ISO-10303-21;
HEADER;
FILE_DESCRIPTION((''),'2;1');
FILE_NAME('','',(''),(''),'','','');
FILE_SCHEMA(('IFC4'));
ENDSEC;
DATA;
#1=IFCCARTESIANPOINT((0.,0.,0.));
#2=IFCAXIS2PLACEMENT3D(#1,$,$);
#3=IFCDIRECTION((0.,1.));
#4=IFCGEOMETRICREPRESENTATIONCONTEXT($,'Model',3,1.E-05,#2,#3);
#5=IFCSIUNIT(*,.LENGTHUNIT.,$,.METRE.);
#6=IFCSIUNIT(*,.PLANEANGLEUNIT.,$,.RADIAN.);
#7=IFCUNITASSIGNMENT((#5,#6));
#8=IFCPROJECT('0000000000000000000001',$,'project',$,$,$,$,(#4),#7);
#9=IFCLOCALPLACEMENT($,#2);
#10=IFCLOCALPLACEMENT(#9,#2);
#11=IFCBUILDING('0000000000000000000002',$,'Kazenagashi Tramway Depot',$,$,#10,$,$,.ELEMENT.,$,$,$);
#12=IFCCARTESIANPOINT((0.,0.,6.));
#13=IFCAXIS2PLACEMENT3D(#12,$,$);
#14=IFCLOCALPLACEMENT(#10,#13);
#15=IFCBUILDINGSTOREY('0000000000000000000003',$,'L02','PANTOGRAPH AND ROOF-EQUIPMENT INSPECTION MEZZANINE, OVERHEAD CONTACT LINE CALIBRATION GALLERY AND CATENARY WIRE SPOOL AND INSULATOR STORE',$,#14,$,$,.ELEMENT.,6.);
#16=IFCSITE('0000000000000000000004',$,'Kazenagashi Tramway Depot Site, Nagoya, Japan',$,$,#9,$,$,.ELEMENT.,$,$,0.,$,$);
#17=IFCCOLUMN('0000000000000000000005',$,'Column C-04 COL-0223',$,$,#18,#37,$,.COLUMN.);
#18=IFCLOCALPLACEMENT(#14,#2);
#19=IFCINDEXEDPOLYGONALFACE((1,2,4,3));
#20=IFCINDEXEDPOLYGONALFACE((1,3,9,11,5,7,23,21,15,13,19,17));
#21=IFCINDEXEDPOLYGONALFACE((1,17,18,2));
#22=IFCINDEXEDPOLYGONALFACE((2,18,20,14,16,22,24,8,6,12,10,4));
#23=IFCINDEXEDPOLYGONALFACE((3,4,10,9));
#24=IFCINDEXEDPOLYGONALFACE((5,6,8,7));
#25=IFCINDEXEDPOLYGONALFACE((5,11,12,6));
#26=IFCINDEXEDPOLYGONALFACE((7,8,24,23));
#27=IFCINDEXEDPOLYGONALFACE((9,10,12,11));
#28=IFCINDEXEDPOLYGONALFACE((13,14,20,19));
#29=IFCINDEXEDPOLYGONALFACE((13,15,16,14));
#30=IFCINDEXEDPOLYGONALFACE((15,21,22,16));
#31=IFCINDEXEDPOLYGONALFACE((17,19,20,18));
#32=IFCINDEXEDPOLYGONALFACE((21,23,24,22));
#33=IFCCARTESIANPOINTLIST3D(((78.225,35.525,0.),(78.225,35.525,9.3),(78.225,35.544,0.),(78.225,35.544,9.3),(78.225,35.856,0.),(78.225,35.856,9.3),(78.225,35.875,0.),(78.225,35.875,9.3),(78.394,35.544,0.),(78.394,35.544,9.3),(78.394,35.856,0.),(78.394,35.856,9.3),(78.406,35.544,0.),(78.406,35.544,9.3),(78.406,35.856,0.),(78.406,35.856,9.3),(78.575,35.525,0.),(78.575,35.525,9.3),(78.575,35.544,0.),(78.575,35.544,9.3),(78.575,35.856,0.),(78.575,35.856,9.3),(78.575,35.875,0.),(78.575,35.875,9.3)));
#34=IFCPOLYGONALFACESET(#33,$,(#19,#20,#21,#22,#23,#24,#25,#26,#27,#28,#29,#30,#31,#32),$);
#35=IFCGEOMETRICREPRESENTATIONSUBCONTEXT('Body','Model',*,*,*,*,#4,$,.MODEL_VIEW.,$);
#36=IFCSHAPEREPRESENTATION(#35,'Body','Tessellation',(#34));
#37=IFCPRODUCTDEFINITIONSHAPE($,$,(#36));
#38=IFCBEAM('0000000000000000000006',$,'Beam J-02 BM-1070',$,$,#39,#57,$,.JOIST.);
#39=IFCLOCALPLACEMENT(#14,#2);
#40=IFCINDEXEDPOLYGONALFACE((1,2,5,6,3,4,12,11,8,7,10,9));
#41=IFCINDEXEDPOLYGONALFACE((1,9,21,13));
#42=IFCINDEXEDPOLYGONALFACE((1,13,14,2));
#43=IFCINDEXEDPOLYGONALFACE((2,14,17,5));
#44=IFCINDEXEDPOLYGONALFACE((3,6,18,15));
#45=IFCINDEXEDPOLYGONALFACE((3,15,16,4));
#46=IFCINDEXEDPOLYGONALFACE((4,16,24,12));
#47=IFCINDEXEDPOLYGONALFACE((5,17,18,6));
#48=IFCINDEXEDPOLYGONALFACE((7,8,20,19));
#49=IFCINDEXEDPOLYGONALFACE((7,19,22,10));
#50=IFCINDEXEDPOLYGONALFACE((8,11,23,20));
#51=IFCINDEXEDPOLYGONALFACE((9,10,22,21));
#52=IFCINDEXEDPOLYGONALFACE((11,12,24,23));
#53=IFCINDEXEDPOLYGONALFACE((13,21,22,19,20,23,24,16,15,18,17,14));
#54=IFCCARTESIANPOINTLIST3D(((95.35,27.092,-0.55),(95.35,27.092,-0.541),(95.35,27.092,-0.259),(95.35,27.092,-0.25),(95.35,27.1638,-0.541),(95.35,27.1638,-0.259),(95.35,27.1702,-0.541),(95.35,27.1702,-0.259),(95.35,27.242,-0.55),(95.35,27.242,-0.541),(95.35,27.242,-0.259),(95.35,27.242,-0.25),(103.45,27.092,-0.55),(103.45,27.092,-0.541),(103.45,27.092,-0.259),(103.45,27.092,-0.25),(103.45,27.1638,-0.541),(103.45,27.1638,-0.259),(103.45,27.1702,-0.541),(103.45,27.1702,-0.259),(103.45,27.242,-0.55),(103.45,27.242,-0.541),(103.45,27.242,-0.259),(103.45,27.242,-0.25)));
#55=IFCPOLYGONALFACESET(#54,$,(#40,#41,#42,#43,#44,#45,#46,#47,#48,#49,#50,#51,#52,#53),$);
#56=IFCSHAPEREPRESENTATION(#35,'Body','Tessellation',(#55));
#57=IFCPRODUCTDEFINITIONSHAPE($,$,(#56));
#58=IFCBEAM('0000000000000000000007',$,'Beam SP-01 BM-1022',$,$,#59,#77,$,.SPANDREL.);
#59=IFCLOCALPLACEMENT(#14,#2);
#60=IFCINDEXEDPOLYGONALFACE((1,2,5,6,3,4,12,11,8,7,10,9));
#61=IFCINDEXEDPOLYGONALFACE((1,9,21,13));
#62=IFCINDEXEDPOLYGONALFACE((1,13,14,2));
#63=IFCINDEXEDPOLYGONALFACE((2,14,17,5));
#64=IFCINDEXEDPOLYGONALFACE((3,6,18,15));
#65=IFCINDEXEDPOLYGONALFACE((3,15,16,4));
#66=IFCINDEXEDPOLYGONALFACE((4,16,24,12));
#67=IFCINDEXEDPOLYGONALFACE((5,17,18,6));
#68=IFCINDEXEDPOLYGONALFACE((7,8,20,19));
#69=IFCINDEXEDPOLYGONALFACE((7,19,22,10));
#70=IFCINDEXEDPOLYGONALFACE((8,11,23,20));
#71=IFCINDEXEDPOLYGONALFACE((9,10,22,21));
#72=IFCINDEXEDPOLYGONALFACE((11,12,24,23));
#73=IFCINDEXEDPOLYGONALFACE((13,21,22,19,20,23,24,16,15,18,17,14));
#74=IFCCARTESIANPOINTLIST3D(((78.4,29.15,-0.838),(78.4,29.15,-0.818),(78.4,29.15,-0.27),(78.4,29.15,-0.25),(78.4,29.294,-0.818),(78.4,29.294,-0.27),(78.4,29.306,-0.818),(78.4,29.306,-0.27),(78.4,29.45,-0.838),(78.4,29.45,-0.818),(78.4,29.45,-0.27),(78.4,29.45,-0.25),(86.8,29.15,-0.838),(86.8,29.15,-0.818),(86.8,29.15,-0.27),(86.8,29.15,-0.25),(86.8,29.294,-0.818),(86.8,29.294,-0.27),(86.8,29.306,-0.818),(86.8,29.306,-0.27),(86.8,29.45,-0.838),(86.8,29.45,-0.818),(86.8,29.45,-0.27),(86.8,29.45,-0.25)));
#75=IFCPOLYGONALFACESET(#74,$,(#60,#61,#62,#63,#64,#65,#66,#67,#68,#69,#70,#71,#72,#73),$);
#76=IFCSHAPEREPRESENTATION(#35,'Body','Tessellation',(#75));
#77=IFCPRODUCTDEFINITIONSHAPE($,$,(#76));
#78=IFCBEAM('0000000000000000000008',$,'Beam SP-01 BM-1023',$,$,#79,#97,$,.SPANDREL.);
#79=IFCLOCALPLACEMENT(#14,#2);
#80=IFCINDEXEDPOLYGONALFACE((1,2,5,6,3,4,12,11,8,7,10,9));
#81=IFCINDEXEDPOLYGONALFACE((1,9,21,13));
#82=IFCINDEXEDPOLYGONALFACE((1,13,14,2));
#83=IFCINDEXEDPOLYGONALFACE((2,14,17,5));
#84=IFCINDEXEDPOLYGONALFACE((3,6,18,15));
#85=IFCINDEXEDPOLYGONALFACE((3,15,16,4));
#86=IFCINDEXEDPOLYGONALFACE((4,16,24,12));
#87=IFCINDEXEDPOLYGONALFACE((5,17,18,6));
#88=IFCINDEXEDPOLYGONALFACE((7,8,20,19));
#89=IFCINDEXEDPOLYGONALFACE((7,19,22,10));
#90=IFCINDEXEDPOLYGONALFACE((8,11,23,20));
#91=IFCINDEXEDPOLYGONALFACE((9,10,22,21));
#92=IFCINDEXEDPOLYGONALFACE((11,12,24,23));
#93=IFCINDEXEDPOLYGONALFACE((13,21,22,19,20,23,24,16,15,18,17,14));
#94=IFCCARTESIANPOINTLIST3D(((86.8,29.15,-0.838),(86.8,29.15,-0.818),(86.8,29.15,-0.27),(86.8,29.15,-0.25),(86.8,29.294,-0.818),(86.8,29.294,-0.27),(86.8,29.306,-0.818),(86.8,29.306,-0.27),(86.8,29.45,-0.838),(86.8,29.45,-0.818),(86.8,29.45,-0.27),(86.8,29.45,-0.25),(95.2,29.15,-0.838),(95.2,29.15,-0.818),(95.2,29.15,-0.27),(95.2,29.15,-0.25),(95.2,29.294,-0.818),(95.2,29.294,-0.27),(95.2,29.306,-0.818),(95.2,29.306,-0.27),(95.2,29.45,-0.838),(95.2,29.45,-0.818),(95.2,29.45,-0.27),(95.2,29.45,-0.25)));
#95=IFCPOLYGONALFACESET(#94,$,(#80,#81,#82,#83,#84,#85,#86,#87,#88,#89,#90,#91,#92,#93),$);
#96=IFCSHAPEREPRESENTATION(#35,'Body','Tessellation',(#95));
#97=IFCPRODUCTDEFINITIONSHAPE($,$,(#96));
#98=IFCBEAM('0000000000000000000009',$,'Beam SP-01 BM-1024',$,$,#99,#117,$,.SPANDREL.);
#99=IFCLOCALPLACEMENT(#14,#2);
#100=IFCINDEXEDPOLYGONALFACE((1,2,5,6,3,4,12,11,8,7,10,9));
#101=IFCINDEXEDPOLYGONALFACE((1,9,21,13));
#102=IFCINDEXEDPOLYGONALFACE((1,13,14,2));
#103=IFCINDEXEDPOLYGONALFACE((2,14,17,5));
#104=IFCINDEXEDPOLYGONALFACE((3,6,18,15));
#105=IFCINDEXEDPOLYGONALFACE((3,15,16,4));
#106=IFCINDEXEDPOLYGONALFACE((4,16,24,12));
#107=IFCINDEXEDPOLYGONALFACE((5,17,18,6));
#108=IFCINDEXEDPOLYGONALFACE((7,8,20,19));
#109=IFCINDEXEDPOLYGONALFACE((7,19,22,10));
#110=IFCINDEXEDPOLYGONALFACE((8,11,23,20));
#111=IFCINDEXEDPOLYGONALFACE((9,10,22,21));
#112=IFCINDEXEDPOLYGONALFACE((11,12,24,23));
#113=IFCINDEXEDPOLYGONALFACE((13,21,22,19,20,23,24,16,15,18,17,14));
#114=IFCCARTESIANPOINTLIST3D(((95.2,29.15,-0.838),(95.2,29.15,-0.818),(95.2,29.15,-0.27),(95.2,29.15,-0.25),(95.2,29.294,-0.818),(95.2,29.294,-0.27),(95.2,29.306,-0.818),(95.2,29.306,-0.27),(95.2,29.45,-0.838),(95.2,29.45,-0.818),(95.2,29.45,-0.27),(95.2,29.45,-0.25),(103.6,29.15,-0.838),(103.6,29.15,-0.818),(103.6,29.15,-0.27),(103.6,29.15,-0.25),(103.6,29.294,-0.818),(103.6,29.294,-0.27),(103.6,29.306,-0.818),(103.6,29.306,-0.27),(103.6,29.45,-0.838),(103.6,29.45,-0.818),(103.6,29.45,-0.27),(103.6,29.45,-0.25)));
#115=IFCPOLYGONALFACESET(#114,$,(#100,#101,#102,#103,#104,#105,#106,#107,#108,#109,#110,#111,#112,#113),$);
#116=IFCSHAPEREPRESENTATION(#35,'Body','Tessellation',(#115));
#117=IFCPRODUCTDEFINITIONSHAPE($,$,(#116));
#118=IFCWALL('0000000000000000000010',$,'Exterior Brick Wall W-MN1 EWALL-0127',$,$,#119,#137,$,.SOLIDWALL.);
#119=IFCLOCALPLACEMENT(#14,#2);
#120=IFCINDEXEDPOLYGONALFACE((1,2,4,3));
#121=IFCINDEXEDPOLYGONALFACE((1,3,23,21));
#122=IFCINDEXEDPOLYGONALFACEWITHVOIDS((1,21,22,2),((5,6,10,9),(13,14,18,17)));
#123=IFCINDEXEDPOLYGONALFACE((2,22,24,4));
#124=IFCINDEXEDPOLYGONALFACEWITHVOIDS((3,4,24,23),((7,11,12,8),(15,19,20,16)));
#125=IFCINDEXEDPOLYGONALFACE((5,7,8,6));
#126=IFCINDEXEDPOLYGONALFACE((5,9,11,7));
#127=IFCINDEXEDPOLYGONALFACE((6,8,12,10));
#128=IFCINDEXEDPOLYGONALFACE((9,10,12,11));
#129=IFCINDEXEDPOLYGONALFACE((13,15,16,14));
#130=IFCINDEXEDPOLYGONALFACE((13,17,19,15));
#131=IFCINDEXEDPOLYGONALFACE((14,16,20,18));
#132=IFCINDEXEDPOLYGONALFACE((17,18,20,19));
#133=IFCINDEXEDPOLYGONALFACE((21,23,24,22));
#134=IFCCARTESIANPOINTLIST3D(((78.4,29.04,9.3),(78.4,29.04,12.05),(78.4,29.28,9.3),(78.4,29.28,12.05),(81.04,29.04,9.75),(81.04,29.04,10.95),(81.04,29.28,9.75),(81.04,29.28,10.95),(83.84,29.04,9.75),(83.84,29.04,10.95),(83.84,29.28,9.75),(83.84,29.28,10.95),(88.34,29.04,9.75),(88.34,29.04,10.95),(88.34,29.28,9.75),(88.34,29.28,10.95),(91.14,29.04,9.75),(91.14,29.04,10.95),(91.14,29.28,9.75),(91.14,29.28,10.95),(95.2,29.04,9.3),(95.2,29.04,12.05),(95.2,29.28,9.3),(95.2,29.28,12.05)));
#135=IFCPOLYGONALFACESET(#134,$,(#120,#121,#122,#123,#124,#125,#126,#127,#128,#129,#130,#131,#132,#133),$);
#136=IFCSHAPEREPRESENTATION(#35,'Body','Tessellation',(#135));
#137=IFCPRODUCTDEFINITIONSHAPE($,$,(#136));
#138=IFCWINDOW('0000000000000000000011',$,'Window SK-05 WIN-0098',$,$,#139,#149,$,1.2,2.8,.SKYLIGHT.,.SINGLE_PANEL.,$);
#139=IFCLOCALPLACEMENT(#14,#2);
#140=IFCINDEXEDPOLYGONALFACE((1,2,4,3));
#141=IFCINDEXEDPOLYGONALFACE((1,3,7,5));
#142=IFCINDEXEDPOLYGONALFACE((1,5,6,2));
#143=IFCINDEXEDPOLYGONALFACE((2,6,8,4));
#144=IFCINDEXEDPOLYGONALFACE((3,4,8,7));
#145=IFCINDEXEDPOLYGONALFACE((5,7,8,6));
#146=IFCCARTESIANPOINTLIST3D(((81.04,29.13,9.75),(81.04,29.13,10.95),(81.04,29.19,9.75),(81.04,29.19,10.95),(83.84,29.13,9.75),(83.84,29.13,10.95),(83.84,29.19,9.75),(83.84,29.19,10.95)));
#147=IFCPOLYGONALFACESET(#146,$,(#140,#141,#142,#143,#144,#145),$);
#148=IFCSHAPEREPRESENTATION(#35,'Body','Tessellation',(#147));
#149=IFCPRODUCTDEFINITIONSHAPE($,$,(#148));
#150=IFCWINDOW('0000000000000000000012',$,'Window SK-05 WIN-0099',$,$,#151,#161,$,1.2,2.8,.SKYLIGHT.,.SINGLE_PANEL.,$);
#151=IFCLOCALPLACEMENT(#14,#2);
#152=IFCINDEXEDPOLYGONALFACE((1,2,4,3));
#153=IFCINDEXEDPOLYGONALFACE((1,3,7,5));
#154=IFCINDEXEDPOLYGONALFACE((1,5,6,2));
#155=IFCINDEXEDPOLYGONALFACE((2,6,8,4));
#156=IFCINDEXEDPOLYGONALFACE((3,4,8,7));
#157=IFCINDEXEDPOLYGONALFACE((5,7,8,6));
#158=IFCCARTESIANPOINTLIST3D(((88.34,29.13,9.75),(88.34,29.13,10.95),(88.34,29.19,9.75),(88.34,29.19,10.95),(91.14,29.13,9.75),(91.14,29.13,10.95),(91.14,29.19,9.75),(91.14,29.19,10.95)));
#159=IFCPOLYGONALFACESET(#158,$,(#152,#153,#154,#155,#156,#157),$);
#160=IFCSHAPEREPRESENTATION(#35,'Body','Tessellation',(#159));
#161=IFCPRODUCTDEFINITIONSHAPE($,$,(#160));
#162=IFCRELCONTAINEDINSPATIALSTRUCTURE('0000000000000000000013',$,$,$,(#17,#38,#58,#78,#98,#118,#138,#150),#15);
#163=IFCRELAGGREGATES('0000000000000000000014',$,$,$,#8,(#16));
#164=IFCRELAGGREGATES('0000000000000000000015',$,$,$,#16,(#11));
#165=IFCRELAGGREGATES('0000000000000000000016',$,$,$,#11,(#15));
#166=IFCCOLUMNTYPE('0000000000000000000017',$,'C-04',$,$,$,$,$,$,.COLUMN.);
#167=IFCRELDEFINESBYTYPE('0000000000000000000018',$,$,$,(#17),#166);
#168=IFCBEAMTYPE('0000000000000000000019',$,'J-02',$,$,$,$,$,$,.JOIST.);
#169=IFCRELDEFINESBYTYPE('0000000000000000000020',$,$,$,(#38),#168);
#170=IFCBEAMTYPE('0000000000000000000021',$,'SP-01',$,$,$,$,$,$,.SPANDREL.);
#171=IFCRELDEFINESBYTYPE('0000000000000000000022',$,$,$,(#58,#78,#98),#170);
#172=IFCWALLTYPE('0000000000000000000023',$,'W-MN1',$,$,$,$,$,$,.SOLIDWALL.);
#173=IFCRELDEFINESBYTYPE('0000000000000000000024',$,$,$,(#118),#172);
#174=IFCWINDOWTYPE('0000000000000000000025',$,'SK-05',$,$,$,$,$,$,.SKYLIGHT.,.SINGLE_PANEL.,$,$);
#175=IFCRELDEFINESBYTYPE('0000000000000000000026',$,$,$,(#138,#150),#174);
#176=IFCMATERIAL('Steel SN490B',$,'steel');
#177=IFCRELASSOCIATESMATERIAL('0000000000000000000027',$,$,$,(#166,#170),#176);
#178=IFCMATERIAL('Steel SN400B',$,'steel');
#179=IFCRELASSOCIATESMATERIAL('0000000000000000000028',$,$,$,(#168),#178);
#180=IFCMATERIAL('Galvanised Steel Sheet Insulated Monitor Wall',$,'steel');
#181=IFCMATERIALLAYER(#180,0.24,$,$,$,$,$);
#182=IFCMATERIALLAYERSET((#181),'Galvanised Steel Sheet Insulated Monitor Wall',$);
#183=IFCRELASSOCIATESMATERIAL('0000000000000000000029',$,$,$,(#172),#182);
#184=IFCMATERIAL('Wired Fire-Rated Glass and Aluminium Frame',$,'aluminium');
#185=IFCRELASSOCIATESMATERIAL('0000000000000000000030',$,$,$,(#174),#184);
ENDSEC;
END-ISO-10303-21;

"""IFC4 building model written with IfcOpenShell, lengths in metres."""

from ifc_helpers import new_model, si_unit, direction, frame, frame_2d, origin, origin_2d, place, context, subcontext, project, spatial, rectangle, i_section, extrude, material, layer, layer_set, material_profile, profile_set, type_object, element, fill, save


model = new_model("IFC4")

# Units and contexts
model_context = context("Model", 3, precision=1e-05, world=origin(), true_north=direction((0.0, 1.0)))
body_context = subcontext(model_context, "Body", "Model", "MODEL_VIEW")
ifc_project = project(units=[si_unit("LENGTHUNIT", "METRE"), si_unit("PLANEANGLEUNIT", "RADIAN")], contexts=[model_context])

# Site, building, storey
site_placement = place(None, origin())
site = spatial("IfcSite", under=ifc_project, at=site_placement, Name="Kazenagashi Tramway Depot Site, Nagoya, Japan", CompositionType="ELEMENT", RefElevation=0.0)
building_placement = place(site_placement, origin())
building = spatial("IfcBuilding", under=site, at=building_placement, Name="Kazenagashi Tramway Depot", CompositionType="ELEMENT")
storey_placement = place(building_placement, frame((0.0, 0.0, 6.0)))
storey = spatial("IfcBuildingStorey", under=building, at=storey_placement, Name="L02", Description="PANTOGRAPH AND ROOF-EQUIPMENT INSPECTION MEZZANINE, OVERHEAD CONTACT LINE CALIBRATION GALLERY AND CATENARY WIRE SPOOL AND INSULATOR STORE", CompositionType="ELEMENT", Elevation=6.0)

# Column
ifc_material_1 = material(Name="Steel SN490B", Category="steel")
ifc_material_profile_1 = material_profile(ifc_material_1, i_section(OverallWidth=0.35, OverallDepth=0.35, WebThickness=0.012, FlangeThickness=0.019, at=origin_2d()), Name="H-350x350x12x19")
ifc_profile_set_1 = profile_set([ifc_material_profile_1], Name="Steel SN490B")
column_type = type_object("IfcColumnType", Name="C-04", PredefinedType="COLUMN", material=ifc_profile_set_1)
column_placement = place(storey_placement, frame((78.4, 35.7, 0.0), z_axis=(0.0, 0.0, 1.0), x_axis=(1.0, 0.0, 0.0)))
element("IfcColumn", 1, at=column_placement, inside=storey, type_object=column_type, Name="Column C-04 COL-0223", PredefinedType="COLUMN", context=body_context, shape_type="SweptSolid", body=[
    extrude(i_section(OverallWidth=0.35, OverallDepth=0.35, WebThickness=0.012, FlangeThickness=0.019, at=origin_2d()), origin(), (0.0, 0.0, 1.0), 9.3),
])

# Beams
ifc_material_2 = material(Name="Steel SN400B", Category="steel")
ifc_material_profile_2 = material_profile(ifc_material_2, i_section(OverallWidth=0.15, OverallDepth=0.3, WebThickness=0.0065, FlangeThickness=0.009, at=origin_2d()), Name="H-300x150x6.5x9")
ifc_profile_set_2 = profile_set([ifc_material_profile_2], Name="Steel SN400B")
beam_type_1 = type_object("IfcBeamType", Name="J-02", PredefinedType="JOIST", material=ifc_profile_set_2)
beam_placement = place(storey_placement, frame((95.35, 27.167, -0.4), z_axis=(1.0, 0.0, 0.0), x_axis=(0.0, 1.0, 0.0)))
element("IfcBeam", 2, at=beam_placement, inside=storey, type_object=beam_type_1, Name="Beam J-02 BM-1070", PredefinedType="JOIST", context=body_context, shape_type="SweptSolid", body=[
    extrude(i_section(OverallWidth=0.15, OverallDepth=0.3, WebThickness=0.0065, FlangeThickness=0.009, at=origin_2d()), origin(), (0.0, 0.0, 1.0), 8.1),
])
ifc_material_profile_3 = material_profile(ifc_material_1, i_section(OverallWidth=0.3, OverallDepth=0.588, WebThickness=0.012, FlangeThickness=0.02, at=origin_2d()), Name="H-588x300x12x20")
ifc_profile_set_3 = profile_set([ifc_material_profile_3], Name="Steel SN490B")
beam_type_2 = type_object("IfcBeamType", Name="SP-01", PredefinedType="SPANDREL", material=ifc_profile_set_3)
for number, where, z_axis, x_axis, name in (
    (3, (78.4, 29.3, -0.544), (1.0, 0.0, 0.0), (0.0, 1.0, 0.0), "Beam SP-01 BM-1022"),
    (4, (86.8, 29.3, -0.544), (1.0, 0.0, 0.0), (0.0, 1.0, 0.0), "Beam SP-01 BM-1023"),
    (5, (95.2, 29.3, -0.544), (1.0, 0.0, 0.0), (0.0, 1.0, 0.0), "Beam SP-01 BM-1024"),
):
    element("IfcBeam", number, at=place(storey_placement, frame(where, z_axis=z_axis, x_axis=x_axis)), inside=storey, type_object=beam_type_2, Name=name, PredefinedType="SPANDREL", context=body_context, shape_type="SweptSolid", body=[
        extrude(i_section(OverallWidth=0.3, OverallDepth=0.588, WebThickness=0.012, FlangeThickness=0.02, at=origin_2d()), origin(), (0.0, 0.0, 1.0), 8.4),
    ])

# Wall, openings, windows
ifc_material_3 = material(Name="Galvanised Steel Sheet Insulated Monitor Wall", Category="steel")
ifc_layer = layer(ifc_material_3, 0.24)
ifc_layer_set = layer_set([ifc_layer], Name="Galvanised Steel Sheet Insulated Monitor Wall")
wall_type = type_object("IfcWallType", Name="W-MN1", PredefinedType="SOLIDWALL", material=ifc_layer_set)
wall_1_placement = place(storey_placement, frame((78.4, 29.16, 9.3), z_axis=(0.0, 0.0, 1.0), x_axis=(1.0, 0.0, 0.0)))
wall_1 = element("IfcWall", 6, at=wall_1_placement, inside=storey, type_object=wall_type, Name="Exterior Brick Wall W-MN1 EWALL-0127", PredefinedType="SOLIDWALL", context=body_context, shape_type="SweptSolid", body=[
    extrude(rectangle(XDim=16.8, YDim=0.24, at=frame_2d((8.4, 0.0))), origin(), (0.0, 0.0, 1.0), 2.75),
])
opening_1_placement = place(wall_1_placement, frame((2.64, 0.0, 0.45)))
opening_1 = element("IfcOpeningElement", 7, at=opening_1_placement, cuts=wall_1, PredefinedType="OPENING", context=body_context, shape_type="SweptSolid", body=[
    extrude(rectangle(XDim=2.8, YDim=1.2, at=frame_2d((1.4, 0.6))), frame((0.0, 0.13, 0.0), z_axis=(0.0, -1.0, 0.0), x_axis=(1.0, 0.0, 0.0)), (0.0, 0.0, 1.0), 0.26),
])
opening_2_placement = place(wall_1_placement, frame((9.94, 0.0, 0.45)))
opening_2 = element("IfcOpeningElement", 8, at=opening_2_placement, cuts=wall_1, PredefinedType="OPENING", context=body_context, shape_type="SweptSolid", body=[
    extrude(rectangle(XDim=2.8, YDim=1.2, at=frame_2d((1.4, 0.6))), frame((0.0, 0.13, 0.0), z_axis=(0.0, -1.0, 0.0), x_axis=(1.0, 0.0, 0.0)), (0.0, 0.0, 1.0), 0.26),
])
ifc_material_4 = material(Name="Wired Fire-Rated Glass and Aluminium Frame", Category="aluminium")
window_type_1 = type_object("IfcWindowType", Name="SK-05", PartitioningType="SINGLE_PANEL", PredefinedType="SKYLIGHT", material=ifc_material_4)
window_1_placement = place(opening_1_placement, origin())
window_1 = element("IfcWindow", 9, at=window_1_placement, inside=storey, type_object=window_type_1, Name="Window SK-05 WIN-0098", OverallHeight=1.2, OverallWidth=2.8, PartitioningType="SINGLE_PANEL", PredefinedType="SKYLIGHT", context=body_context, shape_type="SweptSolid", body=[
    extrude(rectangle(XDim=2.8, YDim=1.2, at=frame_2d((1.4, 0.6))), frame((0.0, 0.03, 0.0), z_axis=(0.0, -1.0, 0.0), x_axis=(1.0, 0.0, 0.0)), (0.0, 0.0, 1.0), 0.06),
])
fill(opening_1, window_1)
window_2_placement = place(opening_2_placement, origin())
window_2 = element("IfcWindow", 10, at=window_2_placement, inside=storey, type_object=window_type_1, Name="Window SK-05 WIN-0099", OverallHeight=1.2, OverallWidth=2.8, PartitioningType="SINGLE_PANEL", PredefinedType="SKYLIGHT", context=body_context, shape_type="SweptSolid", body=[
    extrude(rectangle(XDim=2.8, YDim=1.2, at=frame_2d((1.4, 0.6))), frame((0.0, 0.03, 0.0), z_axis=(0.0, -1.0, 0.0), x_axis=(1.0, 0.0, 0.0)), (0.0, 0.0, 1.0), 0.06),
])
fill(opening_2, window_2)

save(model, "model.ifc")
